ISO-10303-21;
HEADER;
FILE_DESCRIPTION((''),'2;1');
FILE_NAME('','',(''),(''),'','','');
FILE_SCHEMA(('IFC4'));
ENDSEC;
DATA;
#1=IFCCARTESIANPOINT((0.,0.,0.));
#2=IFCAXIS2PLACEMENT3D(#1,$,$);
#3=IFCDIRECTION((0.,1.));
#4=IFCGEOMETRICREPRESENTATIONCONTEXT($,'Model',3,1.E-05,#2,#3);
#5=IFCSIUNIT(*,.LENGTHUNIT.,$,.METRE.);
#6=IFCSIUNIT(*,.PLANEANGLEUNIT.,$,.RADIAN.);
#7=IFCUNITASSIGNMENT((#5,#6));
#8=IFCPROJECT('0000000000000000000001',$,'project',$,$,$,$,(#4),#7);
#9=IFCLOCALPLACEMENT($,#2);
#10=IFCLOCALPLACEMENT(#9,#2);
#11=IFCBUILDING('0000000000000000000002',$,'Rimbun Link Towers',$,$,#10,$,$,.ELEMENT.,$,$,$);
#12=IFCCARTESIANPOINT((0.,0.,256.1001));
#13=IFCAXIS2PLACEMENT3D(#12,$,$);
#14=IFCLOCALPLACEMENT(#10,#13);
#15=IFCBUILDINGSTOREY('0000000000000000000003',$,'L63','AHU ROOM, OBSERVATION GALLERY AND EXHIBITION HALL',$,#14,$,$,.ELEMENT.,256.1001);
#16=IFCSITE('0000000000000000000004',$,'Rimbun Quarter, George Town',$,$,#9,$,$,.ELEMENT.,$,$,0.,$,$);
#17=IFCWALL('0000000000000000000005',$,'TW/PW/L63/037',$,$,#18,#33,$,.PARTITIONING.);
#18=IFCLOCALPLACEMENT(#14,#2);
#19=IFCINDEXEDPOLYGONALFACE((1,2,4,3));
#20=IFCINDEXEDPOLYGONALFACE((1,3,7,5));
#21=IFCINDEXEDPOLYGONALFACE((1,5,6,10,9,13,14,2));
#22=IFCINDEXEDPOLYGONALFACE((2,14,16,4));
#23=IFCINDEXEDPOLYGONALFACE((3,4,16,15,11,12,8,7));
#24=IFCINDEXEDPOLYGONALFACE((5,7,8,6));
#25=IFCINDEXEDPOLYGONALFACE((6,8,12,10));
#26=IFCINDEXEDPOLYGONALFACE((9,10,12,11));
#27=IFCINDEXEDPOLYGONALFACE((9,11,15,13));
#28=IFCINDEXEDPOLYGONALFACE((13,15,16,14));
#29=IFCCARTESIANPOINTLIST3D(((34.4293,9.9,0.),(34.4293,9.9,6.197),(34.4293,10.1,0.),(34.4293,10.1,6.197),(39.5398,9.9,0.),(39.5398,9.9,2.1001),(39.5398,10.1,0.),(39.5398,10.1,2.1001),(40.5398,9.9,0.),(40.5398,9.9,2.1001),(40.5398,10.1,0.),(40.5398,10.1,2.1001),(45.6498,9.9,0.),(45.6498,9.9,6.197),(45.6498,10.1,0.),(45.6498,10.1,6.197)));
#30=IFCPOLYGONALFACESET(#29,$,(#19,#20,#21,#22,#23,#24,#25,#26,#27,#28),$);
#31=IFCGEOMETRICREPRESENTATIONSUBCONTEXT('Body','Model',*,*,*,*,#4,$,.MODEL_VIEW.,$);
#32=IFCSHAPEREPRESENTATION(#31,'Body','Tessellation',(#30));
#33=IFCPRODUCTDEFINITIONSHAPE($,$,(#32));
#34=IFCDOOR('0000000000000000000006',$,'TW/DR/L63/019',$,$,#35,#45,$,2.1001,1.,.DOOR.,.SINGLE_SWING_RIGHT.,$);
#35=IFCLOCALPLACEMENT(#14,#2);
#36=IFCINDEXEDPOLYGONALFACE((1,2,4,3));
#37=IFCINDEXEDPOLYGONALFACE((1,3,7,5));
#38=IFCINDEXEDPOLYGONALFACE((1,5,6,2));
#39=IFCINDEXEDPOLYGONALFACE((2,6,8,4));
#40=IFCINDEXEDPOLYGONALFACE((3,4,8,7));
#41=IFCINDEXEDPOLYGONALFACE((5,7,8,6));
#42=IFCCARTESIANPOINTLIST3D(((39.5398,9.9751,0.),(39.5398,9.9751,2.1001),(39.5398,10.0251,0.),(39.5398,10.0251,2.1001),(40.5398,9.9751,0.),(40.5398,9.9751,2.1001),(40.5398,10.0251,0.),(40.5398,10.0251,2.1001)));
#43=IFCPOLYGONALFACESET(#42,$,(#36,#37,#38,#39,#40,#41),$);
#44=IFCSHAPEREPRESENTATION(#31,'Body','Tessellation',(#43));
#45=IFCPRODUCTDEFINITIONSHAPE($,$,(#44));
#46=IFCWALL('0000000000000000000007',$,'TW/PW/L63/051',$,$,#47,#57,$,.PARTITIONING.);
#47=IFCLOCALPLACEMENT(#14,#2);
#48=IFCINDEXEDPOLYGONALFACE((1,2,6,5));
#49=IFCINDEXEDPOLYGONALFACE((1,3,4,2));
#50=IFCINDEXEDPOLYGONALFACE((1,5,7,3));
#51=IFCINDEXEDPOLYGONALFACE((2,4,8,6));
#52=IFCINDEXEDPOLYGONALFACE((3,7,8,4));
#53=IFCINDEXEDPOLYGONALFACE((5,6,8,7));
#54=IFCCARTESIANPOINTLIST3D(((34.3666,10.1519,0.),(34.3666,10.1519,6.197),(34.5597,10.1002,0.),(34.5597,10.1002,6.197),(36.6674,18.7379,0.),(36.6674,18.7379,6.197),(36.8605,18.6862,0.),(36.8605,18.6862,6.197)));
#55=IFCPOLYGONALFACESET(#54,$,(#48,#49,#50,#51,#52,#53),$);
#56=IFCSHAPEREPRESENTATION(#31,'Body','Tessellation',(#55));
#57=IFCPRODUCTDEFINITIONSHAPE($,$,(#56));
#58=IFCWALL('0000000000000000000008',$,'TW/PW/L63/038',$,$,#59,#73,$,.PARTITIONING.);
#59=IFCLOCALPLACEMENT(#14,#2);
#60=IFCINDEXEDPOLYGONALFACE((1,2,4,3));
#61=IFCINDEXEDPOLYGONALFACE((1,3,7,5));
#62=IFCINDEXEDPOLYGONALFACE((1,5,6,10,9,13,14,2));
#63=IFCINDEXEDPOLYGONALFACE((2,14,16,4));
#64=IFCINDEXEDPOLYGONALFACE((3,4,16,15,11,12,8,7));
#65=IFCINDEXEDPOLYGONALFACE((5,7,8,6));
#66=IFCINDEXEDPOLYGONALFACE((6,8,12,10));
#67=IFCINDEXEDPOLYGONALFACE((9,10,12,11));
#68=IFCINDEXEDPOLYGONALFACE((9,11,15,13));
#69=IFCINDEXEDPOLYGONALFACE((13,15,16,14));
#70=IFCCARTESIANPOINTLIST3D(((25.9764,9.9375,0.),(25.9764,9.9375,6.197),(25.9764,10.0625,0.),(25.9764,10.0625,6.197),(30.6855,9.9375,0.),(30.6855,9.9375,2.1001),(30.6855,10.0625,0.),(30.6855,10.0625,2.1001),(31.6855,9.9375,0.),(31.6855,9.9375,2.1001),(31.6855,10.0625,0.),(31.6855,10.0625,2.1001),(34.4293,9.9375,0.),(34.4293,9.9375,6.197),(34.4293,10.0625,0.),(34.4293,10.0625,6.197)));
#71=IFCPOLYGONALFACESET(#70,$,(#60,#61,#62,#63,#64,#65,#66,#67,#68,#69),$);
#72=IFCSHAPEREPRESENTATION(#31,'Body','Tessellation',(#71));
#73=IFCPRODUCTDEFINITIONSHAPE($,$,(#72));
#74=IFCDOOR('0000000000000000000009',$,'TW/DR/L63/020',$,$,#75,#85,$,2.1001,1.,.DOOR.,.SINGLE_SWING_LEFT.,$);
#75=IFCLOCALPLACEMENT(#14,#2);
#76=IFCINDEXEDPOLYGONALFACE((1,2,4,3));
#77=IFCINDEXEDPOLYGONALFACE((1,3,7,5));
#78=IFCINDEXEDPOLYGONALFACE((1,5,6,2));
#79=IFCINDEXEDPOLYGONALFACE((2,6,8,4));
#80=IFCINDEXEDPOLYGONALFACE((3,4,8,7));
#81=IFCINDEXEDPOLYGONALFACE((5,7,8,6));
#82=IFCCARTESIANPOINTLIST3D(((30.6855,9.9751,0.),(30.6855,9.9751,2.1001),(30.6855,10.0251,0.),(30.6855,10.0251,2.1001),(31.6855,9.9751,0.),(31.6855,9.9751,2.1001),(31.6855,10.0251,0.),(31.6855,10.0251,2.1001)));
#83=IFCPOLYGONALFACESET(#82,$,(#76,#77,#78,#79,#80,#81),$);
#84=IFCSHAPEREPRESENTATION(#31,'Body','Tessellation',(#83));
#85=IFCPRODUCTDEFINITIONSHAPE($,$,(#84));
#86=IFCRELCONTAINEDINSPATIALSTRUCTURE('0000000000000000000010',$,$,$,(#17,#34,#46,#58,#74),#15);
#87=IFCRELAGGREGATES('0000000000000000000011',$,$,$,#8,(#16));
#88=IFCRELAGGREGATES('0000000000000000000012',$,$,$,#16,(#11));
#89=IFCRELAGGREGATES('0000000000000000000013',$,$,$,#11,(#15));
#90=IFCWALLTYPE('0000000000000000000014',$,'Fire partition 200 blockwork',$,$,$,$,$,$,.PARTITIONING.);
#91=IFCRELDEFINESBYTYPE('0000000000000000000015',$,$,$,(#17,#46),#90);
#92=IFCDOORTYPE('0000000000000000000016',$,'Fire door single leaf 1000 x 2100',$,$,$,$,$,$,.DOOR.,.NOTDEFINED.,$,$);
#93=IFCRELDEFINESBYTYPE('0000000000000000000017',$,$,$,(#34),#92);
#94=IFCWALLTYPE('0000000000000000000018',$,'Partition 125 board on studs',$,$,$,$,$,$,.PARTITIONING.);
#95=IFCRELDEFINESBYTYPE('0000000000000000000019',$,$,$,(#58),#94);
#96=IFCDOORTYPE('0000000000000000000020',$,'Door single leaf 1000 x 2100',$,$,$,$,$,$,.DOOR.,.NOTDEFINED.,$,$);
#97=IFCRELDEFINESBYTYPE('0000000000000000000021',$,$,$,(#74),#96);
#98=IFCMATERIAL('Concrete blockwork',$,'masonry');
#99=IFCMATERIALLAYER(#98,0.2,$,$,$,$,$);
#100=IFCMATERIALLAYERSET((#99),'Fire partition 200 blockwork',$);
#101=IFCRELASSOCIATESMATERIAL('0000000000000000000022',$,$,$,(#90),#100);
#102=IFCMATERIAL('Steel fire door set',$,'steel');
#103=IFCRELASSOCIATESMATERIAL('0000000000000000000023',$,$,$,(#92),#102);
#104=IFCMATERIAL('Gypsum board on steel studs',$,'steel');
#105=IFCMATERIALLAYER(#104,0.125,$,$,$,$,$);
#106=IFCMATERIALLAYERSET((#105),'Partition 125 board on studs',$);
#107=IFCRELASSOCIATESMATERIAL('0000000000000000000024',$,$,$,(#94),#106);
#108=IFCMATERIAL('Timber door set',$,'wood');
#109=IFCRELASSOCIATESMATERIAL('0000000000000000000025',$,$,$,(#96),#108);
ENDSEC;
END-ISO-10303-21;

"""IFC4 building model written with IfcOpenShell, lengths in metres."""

from ifc_helpers import new_model, si_unit, direction, frame, frame_2d, origin, place, context, subcontext, project, spatial, rectangle, extrude, material, layer, layer_set, type_object, element, fill, save


model = new_model("IFC4")

# Units and contexts
model_context = context("Model", 3, precision=1e-05, world=origin(), true_north=direction((0.0, 1.0)))
body_context = subcontext(model_context, "Body", "Model", "MODEL_VIEW")
ifc_project = project(units=[si_unit("LENGTHUNIT", "METRE"), si_unit("PLANEANGLEUNIT", "RADIAN")], contexts=[model_context])

# Site, building, storey
site_placement = place(None, origin())
site = spatial("IfcSite", under=ifc_project, at=site_placement, Name="Rimbun Quarter, George Town", CompositionType="ELEMENT", RefElevation=0.0)
building_placement = place(site_placement, origin())
building = spatial("IfcBuilding", under=site, at=building_placement, Name="Rimbun Link Towers", CompositionType="ELEMENT")
storey_placement = place(building_placement, frame((0.0, 0.0, 256.1001)))
storey = spatial("IfcBuildingStorey", under=building, at=storey_placement, Name="L63", Description="AHU ROOM, OBSERVATION GALLERY AND EXHIBITION HALL", CompositionType="ELEMENT", Elevation=256.1001)

# Wall, opening, door
ifc_material_1 = material(Name="Concrete blockwork", Category="masonry")
ifc_layer_1 = layer(ifc_material_1, 0.2)
ifc_layer_set_1 = layer_set([ifc_layer_1], Name="Fire partition 200 blockwork")
wall_type_1 = type_object("IfcWallType", Name="Fire partition 200 blockwork", PredefinedType="PARTITIONING", material=ifc_layer_set_1)
wall_1_placement = place(storey_placement, frame((45.6499, 10.0, 0.0), z_axis=(0.0, 0.0, 1.0), x_axis=(-1.0, 0.0, 0.0)))
wall_1 = element("IfcWall", 1, at=wall_1_placement, inside=storey, type_object=wall_type_1, Name="TW/PW/L63/037", PredefinedType="PARTITIONING", context=body_context, shape_type="SweptSolid", body=[
    extrude(rectangle(XDim=11.2205, YDim=0.2, at=frame_2d((5.6104, 0.0))), origin(), (0.0, 0.0, 1.0), 6.197),
])
opening_1_placement = place(wall_1_placement, frame((5.1101, 0.0, 0.0)))
opening_1 = element("IfcOpeningElement", 2, at=opening_1_placement, cuts=wall_1, PredefinedType="OPENING", context=body_context, shape_type="SweptSolid", body=[
    extrude(rectangle(XDim=1.0, YDim=2.1001, at=frame_2d((0.5, 1.05))), frame((0.0, 0.1099, 0.0), z_axis=(0.0, -1.0, 0.0), x_axis=(1.0, 0.0, 0.0)), (0.0, 0.0, 1.0), 0.22),
])
ifc_material_2 = material(Name="Steel fire door set", Category="steel")
door_type_1 = type_object("IfcDoorType", Name="Fire door single leaf 1000 x 2100", OperationType="NOTDEFINED", PredefinedType="DOOR", material=ifc_material_2)
door_1_placement = place(opening_1_placement, origin())
door_1 = element("IfcDoor", 3, at=door_1_placement, inside=storey, type_object=door_type_1, Name="TW/DR/L63/019", OperationType="SINGLE_SWING_RIGHT", OverallHeight=2.1001, OverallWidth=1.0, PredefinedType="DOOR", context=body_context, shape_type="SweptSolid", body=[
    extrude(rectangle(XDim=1.0, YDim=2.1001, at=frame_2d((0.5, 1.05))), frame((0.0, 0.0249, 0.0), z_axis=(0.0, -1.0, 0.0), x_axis=(1.0, 0.0, 0.0)), (0.0, 0.0, 1.0), 0.05),
])
fill(opening_1, door_1)

# Wall
wall_2_placement = place(storey_placement, frame((36.7639, 18.7119, 0.0), z_axis=(0.0, 0.0, 1.0), x_axis=(-0.258839, -0.965921, 0.0)))
element("IfcWall", 4, at=wall_2_placement, inside=storey, type_object=wall_type_1, Name="TW/PW/L63/051", PredefinedType="PARTITIONING", context=body_context, shape_type="SweptSolid", body=[
    extrude(rectangle(XDim=8.8889, YDim=0.2, at=frame_2d((4.4443, 0.0))), origin(), (0.0, 0.0, 1.0), 6.197),
])

# Wall, opening, door
ifc_material_3 = material(Name="Gypsum board on steel studs", Category="steel")
ifc_layer_2 = layer(ifc_material_3, 0.125)
ifc_layer_set_2 = layer_set([ifc_layer_2], Name="Partition 125 board on studs")
wall_type_2 = type_object("IfcWallType", Name="Partition 125 board on studs", PredefinedType="PARTITIONING", material=ifc_layer_set_2)
wall_3_placement = place(storey_placement, frame((34.4294, 10.0, 0.0), z_axis=(0.0, 0.0, 1.0), x_axis=(-1.0, 0.0, 0.0)))
wall_3 = element("IfcWall", 5, at=wall_3_placement, inside=storey, type_object=wall_type_2, Name="TW/PW/L63/038", PredefinedType="PARTITIONING", context=body_context, shape_type="SweptSolid", body=[
    extrude(rectangle(XDim=8.4529, YDim=0.125, at=frame_2d((4.2266, 0.0))), origin(), (0.0, 0.0, 1.0), 6.197),
])
opening_2_placement = place(wall_3_placement, frame((2.7439, 0.0, 0.0)))
opening_2 = element("IfcOpeningElement", 6, at=opening_2_placement, cuts=wall_3, PredefinedType="OPENING", context=body_context, shape_type="SweptSolid", body=[
    extrude(rectangle(XDim=1.0, YDim=2.1001, at=frame_2d((0.5, 1.05))), frame((0.0, 0.0725, 0.0), z_axis=(0.0, -1.0, 0.0), x_axis=(1.0, 0.0, 0.0)), (0.0, 0.0, 1.0), 0.145),
])
ifc_material_4 = material(Name="Timber door set", Category="wood")
door_type_2 = type_object("IfcDoorType", Name="Door single leaf 1000 x 2100", OperationType="NOTDEFINED", PredefinedType="DOOR", material=ifc_material_4)
door_2_placement = place(opening_2_placement, origin())
door_2 = element("IfcDoor", 7, at=door_2_placement, inside=storey, type_object=door_type_2, Name="TW/DR/L63/020", OperationType="SINGLE_SWING_LEFT", OverallHeight=2.1001, OverallWidth=1.0, PredefinedType="DOOR", context=body_context, shape_type="SweptSolid", body=[
    extrude(rectangle(XDim=1.0, YDim=2.1001, at=frame_2d((0.5, 1.05))), frame((0.0, 0.0249, 0.0), z_axis=(0.0, -1.0, 0.0), x_axis=(1.0, 0.0, 0.0)), (0.0, 0.0, 1.0), 0.05),
])
fill(opening_2, door_2)

save(model, "model.ifc")
